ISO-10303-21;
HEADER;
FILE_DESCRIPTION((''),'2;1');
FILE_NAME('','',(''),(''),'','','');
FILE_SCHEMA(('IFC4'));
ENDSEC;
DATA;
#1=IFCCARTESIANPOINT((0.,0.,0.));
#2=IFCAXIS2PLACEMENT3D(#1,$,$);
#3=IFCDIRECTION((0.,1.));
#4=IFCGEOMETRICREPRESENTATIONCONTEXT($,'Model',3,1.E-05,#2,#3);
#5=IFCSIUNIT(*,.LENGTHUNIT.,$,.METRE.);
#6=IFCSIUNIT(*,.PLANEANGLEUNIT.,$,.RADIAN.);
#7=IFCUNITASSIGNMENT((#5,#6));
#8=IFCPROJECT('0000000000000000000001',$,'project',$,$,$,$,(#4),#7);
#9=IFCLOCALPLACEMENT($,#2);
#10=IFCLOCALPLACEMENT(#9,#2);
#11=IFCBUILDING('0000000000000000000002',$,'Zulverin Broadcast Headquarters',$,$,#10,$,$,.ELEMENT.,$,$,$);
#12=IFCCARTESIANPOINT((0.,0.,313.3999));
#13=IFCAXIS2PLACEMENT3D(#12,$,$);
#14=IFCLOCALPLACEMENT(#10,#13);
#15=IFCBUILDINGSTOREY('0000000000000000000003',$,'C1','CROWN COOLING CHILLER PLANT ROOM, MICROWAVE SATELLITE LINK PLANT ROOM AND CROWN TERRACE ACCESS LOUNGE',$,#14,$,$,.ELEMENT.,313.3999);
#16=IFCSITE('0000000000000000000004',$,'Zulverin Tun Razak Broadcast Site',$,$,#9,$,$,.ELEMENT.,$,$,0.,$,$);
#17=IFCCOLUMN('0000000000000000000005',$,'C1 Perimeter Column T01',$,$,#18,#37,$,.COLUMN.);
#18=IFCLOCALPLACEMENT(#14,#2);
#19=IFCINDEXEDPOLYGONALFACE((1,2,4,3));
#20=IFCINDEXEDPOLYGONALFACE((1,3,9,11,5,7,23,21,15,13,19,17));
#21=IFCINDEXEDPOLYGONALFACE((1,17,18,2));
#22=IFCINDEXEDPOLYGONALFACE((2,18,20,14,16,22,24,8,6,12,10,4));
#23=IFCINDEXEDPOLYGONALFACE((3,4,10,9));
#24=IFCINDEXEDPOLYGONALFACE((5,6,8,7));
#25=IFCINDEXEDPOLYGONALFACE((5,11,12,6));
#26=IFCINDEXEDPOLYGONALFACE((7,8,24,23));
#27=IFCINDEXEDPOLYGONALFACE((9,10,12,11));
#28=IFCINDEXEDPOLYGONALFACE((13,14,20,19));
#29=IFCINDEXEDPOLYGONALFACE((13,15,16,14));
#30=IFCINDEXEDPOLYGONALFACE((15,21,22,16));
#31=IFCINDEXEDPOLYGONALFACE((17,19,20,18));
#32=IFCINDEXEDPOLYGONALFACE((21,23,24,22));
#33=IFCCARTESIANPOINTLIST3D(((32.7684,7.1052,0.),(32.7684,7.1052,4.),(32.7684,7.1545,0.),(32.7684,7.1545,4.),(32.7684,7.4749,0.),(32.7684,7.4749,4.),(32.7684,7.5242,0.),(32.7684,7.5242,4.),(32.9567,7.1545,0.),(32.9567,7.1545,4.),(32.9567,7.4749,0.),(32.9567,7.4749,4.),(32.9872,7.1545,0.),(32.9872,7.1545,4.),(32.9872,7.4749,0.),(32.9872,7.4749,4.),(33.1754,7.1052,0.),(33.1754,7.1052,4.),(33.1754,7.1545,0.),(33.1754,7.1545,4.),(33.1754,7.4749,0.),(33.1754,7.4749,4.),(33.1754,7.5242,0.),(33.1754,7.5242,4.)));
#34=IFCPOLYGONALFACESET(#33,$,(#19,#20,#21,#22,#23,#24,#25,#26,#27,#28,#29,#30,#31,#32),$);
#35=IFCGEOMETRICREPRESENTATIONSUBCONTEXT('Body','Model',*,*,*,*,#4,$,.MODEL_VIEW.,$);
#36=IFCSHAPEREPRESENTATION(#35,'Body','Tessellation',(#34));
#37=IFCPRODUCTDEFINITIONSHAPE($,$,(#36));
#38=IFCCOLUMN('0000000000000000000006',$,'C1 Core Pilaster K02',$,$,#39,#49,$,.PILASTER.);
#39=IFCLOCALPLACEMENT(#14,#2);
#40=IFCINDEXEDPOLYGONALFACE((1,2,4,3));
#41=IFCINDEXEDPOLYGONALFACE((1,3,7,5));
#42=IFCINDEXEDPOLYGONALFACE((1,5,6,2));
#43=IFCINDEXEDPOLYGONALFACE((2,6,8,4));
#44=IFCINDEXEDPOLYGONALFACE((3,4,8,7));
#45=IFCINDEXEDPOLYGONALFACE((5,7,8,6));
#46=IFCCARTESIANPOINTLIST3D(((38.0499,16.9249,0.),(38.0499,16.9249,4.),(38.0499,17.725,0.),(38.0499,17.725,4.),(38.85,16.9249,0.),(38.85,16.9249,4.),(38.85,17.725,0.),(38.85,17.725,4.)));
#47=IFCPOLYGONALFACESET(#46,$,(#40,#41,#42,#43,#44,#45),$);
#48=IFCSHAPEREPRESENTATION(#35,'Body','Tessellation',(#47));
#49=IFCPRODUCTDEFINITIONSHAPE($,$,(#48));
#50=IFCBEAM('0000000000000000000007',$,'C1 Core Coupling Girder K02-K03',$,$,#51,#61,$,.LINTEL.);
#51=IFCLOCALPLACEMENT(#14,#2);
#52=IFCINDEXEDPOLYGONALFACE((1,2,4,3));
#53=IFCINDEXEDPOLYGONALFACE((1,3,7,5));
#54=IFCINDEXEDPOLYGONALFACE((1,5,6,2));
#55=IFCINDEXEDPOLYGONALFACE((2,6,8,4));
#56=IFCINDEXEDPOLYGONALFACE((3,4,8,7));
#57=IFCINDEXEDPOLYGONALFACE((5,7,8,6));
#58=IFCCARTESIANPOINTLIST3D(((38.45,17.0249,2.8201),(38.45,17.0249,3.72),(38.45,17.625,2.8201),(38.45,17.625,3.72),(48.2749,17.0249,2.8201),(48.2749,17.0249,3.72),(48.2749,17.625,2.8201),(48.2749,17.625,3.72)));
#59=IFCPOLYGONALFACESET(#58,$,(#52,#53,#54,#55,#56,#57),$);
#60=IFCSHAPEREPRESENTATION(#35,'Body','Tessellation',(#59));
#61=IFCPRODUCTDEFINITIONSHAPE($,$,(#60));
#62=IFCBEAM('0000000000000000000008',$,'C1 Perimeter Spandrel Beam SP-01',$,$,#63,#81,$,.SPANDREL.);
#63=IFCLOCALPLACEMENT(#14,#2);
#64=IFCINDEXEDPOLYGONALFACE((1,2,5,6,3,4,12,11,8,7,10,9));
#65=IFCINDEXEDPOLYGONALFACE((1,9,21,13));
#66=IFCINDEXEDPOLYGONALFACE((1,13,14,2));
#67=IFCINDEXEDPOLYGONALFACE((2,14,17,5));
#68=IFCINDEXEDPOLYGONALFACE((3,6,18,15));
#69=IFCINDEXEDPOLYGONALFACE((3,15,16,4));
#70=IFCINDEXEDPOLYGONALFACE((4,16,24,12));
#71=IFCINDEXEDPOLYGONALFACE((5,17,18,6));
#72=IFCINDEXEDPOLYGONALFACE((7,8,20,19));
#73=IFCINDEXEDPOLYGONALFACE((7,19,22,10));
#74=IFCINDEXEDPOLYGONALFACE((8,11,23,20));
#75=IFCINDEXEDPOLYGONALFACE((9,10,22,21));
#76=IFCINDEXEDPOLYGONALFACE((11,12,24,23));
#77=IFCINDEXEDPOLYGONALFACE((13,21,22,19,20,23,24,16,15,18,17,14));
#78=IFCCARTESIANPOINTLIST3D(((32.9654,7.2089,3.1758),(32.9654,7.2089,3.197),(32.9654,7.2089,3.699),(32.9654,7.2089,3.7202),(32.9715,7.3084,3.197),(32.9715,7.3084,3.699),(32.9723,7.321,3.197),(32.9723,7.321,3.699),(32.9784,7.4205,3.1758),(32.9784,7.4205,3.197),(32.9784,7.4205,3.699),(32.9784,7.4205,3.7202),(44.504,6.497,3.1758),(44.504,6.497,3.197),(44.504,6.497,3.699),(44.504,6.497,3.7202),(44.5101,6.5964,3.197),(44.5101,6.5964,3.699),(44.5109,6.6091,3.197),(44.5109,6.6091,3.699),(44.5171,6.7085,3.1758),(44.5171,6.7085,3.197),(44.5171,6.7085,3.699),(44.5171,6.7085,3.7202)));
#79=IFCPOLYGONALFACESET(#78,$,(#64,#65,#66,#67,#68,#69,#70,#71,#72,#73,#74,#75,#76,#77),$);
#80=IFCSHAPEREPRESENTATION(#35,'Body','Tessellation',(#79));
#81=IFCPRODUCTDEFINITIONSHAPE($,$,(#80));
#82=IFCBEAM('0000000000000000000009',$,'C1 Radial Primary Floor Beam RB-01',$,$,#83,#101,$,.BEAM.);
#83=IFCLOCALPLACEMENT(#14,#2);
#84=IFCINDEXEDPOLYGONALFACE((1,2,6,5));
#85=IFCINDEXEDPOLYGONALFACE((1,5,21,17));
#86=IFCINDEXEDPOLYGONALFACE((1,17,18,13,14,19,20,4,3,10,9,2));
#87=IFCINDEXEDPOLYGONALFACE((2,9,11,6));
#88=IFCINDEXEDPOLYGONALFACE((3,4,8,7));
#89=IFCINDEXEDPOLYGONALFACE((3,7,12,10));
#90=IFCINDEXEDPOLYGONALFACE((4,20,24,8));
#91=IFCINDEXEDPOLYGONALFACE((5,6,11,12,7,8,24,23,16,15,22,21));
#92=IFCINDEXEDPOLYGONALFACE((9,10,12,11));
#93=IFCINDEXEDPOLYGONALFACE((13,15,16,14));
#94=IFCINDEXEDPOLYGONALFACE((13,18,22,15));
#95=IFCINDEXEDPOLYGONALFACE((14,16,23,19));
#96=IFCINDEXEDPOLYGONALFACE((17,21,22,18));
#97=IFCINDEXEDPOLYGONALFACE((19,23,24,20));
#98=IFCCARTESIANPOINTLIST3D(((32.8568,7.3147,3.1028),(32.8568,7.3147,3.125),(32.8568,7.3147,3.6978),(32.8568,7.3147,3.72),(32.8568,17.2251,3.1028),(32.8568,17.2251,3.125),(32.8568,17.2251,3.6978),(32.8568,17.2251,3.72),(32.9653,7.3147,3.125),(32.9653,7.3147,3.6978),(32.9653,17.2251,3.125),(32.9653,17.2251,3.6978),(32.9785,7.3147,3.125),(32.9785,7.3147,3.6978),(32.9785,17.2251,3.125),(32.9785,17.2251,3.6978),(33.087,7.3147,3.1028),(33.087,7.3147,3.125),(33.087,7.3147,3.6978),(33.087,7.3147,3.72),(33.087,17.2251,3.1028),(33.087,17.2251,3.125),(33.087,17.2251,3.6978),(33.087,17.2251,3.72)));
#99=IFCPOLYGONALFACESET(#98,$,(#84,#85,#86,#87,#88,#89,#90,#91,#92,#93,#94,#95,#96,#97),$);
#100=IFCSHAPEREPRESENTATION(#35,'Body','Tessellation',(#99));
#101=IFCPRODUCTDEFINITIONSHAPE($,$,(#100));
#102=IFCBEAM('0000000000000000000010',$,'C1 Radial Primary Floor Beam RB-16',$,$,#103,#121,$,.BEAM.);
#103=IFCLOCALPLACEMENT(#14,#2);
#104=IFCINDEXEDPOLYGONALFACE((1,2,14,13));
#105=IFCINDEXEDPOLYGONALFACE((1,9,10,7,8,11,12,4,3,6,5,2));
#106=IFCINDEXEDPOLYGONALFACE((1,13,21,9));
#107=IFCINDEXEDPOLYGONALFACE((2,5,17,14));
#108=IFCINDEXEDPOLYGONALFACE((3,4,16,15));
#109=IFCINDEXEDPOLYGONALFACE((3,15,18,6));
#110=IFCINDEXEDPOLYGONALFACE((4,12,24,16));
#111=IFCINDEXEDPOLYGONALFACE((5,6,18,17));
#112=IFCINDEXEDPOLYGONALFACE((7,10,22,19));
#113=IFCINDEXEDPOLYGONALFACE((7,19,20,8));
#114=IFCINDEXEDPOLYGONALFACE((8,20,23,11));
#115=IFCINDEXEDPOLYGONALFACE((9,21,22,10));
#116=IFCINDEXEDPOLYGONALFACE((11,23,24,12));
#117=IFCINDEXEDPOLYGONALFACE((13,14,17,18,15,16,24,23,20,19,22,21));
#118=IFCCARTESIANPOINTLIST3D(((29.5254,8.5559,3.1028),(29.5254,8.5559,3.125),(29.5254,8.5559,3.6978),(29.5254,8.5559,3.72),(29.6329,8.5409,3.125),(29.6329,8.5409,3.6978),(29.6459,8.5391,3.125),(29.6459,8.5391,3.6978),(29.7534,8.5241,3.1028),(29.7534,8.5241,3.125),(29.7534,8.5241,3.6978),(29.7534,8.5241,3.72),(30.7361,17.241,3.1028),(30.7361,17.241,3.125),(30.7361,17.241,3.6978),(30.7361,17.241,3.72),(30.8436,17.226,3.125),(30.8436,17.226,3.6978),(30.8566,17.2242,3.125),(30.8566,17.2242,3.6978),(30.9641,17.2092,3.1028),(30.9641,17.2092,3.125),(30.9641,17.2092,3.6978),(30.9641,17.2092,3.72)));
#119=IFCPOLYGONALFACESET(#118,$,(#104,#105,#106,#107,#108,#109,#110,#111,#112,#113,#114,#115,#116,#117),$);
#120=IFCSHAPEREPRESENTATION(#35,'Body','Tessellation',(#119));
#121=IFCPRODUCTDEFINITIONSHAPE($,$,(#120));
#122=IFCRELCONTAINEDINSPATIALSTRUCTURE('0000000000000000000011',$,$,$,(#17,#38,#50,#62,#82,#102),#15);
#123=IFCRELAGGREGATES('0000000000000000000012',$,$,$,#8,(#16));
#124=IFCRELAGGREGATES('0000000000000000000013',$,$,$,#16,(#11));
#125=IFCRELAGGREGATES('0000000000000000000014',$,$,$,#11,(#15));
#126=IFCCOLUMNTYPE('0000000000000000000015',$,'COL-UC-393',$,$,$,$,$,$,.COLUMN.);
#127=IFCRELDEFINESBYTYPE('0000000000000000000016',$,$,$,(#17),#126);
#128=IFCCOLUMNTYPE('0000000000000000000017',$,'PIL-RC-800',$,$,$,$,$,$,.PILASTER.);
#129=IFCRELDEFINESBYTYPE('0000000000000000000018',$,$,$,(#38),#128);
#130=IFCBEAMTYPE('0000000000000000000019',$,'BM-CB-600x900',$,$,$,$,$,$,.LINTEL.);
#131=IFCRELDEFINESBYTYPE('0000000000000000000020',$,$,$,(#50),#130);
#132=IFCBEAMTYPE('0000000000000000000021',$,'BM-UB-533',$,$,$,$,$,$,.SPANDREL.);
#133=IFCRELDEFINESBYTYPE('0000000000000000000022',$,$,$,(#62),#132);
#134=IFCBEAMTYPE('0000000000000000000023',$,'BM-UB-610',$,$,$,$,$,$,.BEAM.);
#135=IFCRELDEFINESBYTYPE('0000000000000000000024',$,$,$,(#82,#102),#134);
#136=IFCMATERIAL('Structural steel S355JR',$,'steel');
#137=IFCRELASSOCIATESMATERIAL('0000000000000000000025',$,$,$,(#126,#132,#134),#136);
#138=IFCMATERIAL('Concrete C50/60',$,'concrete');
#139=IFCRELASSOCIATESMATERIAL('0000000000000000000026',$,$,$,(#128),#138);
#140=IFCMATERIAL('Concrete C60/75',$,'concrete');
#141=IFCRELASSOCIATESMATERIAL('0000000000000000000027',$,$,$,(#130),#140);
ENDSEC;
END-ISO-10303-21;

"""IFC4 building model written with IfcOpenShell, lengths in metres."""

from ifc_helpers import new_model, si_unit, direction, frame, origin, origin_2d, place, context, subcontext, project, spatial, rectangle, i_section, extrude, material, material_profile, profile_set, type_object, element, save


model = new_model("IFC4")

# Units and contexts
model_context = context("Model", 3, precision=1e-05, world=origin(), true_north=direction((0.0, 1.0)))
body_context = subcontext(model_context, "Body", "Model", "MODEL_VIEW")
ifc_project = project(units=[si_unit("LENGTHUNIT", "METRE"), si_unit("PLANEANGLEUNIT", "RADIAN")], contexts=[model_context])

# Site, building, storey
site_placement = place(None, origin())
site = spatial("IfcSite", under=ifc_project, at=site_placement, Name="Zulverin Tun Razak Broadcast Site", CompositionType="ELEMENT", RefElevation=0.0)
building_placement = place(site_placement, origin())
building = spatial("IfcBuilding", under=site, at=building_placement, Name="Zulverin Broadcast Headquarters", CompositionType="ELEMENT")
storey_placement = place(building_placement, frame((0.0, 0.0, 313.3999)))
storey = spatial("IfcBuildingStorey", under=building, at=storey_placement, Name="C1", Description="CROWN COOLING CHILLER PLANT ROOM, MICROWAVE SATELLITE LINK PLANT ROOM AND CROWN TERRACE ACCESS LOUNGE", CompositionType="ELEMENT", Elevation=313.3999)

# Columns
ifc_material_1 = material(Name="Structural steel S355JR", Category="steel")
ifc_material_profile_1 = material_profile(ifc_material_1, i_section(OverallWidth=0.407, OverallDepth=0.4189, WebThickness=0.0305, FlangeThickness=0.0493, at=origin_2d()), Name="Structural steel S355JR", Category="steel")
ifc_profile_set_1 = profile_set([ifc_material_profile_1], Name="Structural steel S355JR")
column_type_1 = type_object("IfcColumnType", Name="COL-UC-393", PredefinedType="COLUMN", material=ifc_profile_set_1)
column_1_placement = place(storey_placement, frame((32.9719, 7.3147, 0.0), z_axis=(0.0, 0.0, 1.0), x_axis=(1.0, 0.0, 0.0)))
element("IfcColumn", 1, at=column_1_placement, inside=storey, type_object=column_type_1, Name="C1 Perimeter Column T01", PredefinedType="COLUMN", context=body_context, shape_type="SweptSolid", body=[
    extrude(i_section(OverallWidth=0.407, OverallDepth=0.4189, WebThickness=0.0305, FlangeThickness=0.0493, at=origin_2d()), origin(), (0.0, 0.0, 1.0), 4.0),
])
ifc_material_2 = material(Name="Concrete C50/60", Category="concrete")
ifc_material_profile_2 = material_profile(ifc_material_2, rectangle(XDim=0.8, YDim=0.8, at=origin_2d()), Name="Concrete C50/60", Category="concrete")
ifc_profile_set_2 = profile_set([ifc_material_profile_2], Name="Concrete C50/60")
column_type_2 = type_object("IfcColumnType", Name="PIL-RC-800", PredefinedType="PILASTER", material=ifc_profile_set_2)
column_2_placement = place(storey_placement, frame((38.45, 17.325, 0.0), z_axis=(0.0, 0.0, 1.0), x_axis=(1.0, 0.0, 0.0)))
element("IfcColumn", 2, at=column_2_placement, inside=storey, type_object=column_type_2, Name="C1 Core Pilaster K02", PredefinedType="PILASTER", context=body_context, shape_type="SweptSolid", body=[
    extrude(rectangle(XDim=0.8, YDim=0.8, at=origin_2d()), origin(), (0.0, 0.0, 1.0), 4.0),
])

# Beams
ifc_material_3 = material(Name="Concrete C60/75", Category="concrete")
ifc_material_profile_3 = material_profile(ifc_material_3, rectangle(XDim=0.6001, YDim=0.8999, at=origin_2d()), Name="Concrete C60/75", Category="concrete")
ifc_profile_set_3 = profile_set([ifc_material_profile_3], Name="Concrete C60/75")
beam_type_1 = type_object("IfcBeamType", Name="BM-CB-600x900", PredefinedType="LINTEL", material=ifc_profile_set_3)
beam_1_placement = place(storey_placement, frame((38.45, 17.325, 3.27), z_axis=(1.0, 0.0, 0.0), x_axis=(0.0, 1.0, 0.0)))
element("IfcBeam", 3, at=beam_1_placement, inside=storey, type_object=beam_type_1, Name="C1 Core Coupling Girder K02-K03", PredefinedType="LINTEL", context=body_context, shape_type="SweptSolid", body=[
    extrude(rectangle(XDim=0.6001, YDim=0.8999, at=origin_2d()), origin(), (0.0, 0.0, 1.0), 9.825),
])
ifc_material_profile_4 = material_profile(ifc_material_1, i_section(OverallWidth=0.2119, OverallDepth=0.5444, WebThickness=0.0127, FlangeThickness=0.0212, at=origin_2d()), Name="Structural steel S355JR", Category="steel")
ifc_profile_set_4 = profile_set([ifc_material_profile_4], Name="Structural steel S355JR")
beam_type_2 = type_object("IfcBeamType", Name="BM-UB-533", PredefinedType="SPANDREL", material=ifc_profile_set_4)
beam_2_placement = place(storey_placement, frame((32.9719, 7.3147, 3.448), z_axis=(0.998102, -0.061582, 0.0), x_axis=(0.061582, 0.998102, 0.0)))
element("IfcBeam", 4, at=beam_2_placement, inside=storey, type_object=beam_type_2, Name="C1 Perimeter Spandrel Beam SP-01", PredefinedType="SPANDREL", context=body_context, shape_type="SweptSolid", body=[
    extrude(i_section(OverallWidth=0.2119, OverallDepth=0.5444, WebThickness=0.0127, FlangeThickness=0.0212, at=origin_2d()), origin(), (0.0, 0.0, 1.0), 11.5605),
])
ifc_material_profile_5 = material_profile(ifc_material_1, i_section(OverallWidth=0.2302, OverallDepth=0.6172, WebThickness=0.0132, FlangeThickness=0.0222, at=origin_2d()), Name="Structural steel S355JR", Category="steel")
ifc_profile_set_5 = profile_set([ifc_material_profile_5], Name="Structural steel S355JR")
beam_type_3 = type_object("IfcBeamType", Name="BM-UB-610", PredefinedType="BEAM", material=ifc_profile_set_5)
beam_3_placement = place(storey_placement, frame((32.9719, 17.2251, 3.4114), z_axis=(0.0, -1.0, 0.0), x_axis=(1.0, 0.0, 0.0)))
element("IfcBeam", 5, at=beam_3_placement, inside=storey, type_object=beam_type_3, Name="C1 Radial Primary Floor Beam RB-01", PredefinedType="BEAM", context=body_context, shape_type="SweptSolid", body=[
    extrude(i_section(OverallWidth=0.2302, OverallDepth=0.6172, WebThickness=0.0132, FlangeThickness=0.0222, at=origin_2d()), origin(), (0.0, 0.0, 1.0), 9.9104),
])
beam_4_placement = place(storey_placement, frame((30.8501, 17.2251, 3.4114), z_axis=(-0.138065, -0.990423, 0.0), x_axis=(0.990423, -0.138065, 0.0)))
element("IfcBeam", 6, at=beam_4_placement, inside=storey, type_object=beam_type_3, Name="C1 Radial Primary Floor Beam RB-16", PredefinedType="BEAM", context=body_context, shape_type="SweptSolid", body=[
    extrude(i_section(OverallWidth=0.2302, OverallDepth=0.6172, WebThickness=0.0132, FlangeThickness=0.0222, at=origin_2d()), origin(), (0.0, 0.0, 1.0), 8.769),
])

save(model, "model.ifc")
